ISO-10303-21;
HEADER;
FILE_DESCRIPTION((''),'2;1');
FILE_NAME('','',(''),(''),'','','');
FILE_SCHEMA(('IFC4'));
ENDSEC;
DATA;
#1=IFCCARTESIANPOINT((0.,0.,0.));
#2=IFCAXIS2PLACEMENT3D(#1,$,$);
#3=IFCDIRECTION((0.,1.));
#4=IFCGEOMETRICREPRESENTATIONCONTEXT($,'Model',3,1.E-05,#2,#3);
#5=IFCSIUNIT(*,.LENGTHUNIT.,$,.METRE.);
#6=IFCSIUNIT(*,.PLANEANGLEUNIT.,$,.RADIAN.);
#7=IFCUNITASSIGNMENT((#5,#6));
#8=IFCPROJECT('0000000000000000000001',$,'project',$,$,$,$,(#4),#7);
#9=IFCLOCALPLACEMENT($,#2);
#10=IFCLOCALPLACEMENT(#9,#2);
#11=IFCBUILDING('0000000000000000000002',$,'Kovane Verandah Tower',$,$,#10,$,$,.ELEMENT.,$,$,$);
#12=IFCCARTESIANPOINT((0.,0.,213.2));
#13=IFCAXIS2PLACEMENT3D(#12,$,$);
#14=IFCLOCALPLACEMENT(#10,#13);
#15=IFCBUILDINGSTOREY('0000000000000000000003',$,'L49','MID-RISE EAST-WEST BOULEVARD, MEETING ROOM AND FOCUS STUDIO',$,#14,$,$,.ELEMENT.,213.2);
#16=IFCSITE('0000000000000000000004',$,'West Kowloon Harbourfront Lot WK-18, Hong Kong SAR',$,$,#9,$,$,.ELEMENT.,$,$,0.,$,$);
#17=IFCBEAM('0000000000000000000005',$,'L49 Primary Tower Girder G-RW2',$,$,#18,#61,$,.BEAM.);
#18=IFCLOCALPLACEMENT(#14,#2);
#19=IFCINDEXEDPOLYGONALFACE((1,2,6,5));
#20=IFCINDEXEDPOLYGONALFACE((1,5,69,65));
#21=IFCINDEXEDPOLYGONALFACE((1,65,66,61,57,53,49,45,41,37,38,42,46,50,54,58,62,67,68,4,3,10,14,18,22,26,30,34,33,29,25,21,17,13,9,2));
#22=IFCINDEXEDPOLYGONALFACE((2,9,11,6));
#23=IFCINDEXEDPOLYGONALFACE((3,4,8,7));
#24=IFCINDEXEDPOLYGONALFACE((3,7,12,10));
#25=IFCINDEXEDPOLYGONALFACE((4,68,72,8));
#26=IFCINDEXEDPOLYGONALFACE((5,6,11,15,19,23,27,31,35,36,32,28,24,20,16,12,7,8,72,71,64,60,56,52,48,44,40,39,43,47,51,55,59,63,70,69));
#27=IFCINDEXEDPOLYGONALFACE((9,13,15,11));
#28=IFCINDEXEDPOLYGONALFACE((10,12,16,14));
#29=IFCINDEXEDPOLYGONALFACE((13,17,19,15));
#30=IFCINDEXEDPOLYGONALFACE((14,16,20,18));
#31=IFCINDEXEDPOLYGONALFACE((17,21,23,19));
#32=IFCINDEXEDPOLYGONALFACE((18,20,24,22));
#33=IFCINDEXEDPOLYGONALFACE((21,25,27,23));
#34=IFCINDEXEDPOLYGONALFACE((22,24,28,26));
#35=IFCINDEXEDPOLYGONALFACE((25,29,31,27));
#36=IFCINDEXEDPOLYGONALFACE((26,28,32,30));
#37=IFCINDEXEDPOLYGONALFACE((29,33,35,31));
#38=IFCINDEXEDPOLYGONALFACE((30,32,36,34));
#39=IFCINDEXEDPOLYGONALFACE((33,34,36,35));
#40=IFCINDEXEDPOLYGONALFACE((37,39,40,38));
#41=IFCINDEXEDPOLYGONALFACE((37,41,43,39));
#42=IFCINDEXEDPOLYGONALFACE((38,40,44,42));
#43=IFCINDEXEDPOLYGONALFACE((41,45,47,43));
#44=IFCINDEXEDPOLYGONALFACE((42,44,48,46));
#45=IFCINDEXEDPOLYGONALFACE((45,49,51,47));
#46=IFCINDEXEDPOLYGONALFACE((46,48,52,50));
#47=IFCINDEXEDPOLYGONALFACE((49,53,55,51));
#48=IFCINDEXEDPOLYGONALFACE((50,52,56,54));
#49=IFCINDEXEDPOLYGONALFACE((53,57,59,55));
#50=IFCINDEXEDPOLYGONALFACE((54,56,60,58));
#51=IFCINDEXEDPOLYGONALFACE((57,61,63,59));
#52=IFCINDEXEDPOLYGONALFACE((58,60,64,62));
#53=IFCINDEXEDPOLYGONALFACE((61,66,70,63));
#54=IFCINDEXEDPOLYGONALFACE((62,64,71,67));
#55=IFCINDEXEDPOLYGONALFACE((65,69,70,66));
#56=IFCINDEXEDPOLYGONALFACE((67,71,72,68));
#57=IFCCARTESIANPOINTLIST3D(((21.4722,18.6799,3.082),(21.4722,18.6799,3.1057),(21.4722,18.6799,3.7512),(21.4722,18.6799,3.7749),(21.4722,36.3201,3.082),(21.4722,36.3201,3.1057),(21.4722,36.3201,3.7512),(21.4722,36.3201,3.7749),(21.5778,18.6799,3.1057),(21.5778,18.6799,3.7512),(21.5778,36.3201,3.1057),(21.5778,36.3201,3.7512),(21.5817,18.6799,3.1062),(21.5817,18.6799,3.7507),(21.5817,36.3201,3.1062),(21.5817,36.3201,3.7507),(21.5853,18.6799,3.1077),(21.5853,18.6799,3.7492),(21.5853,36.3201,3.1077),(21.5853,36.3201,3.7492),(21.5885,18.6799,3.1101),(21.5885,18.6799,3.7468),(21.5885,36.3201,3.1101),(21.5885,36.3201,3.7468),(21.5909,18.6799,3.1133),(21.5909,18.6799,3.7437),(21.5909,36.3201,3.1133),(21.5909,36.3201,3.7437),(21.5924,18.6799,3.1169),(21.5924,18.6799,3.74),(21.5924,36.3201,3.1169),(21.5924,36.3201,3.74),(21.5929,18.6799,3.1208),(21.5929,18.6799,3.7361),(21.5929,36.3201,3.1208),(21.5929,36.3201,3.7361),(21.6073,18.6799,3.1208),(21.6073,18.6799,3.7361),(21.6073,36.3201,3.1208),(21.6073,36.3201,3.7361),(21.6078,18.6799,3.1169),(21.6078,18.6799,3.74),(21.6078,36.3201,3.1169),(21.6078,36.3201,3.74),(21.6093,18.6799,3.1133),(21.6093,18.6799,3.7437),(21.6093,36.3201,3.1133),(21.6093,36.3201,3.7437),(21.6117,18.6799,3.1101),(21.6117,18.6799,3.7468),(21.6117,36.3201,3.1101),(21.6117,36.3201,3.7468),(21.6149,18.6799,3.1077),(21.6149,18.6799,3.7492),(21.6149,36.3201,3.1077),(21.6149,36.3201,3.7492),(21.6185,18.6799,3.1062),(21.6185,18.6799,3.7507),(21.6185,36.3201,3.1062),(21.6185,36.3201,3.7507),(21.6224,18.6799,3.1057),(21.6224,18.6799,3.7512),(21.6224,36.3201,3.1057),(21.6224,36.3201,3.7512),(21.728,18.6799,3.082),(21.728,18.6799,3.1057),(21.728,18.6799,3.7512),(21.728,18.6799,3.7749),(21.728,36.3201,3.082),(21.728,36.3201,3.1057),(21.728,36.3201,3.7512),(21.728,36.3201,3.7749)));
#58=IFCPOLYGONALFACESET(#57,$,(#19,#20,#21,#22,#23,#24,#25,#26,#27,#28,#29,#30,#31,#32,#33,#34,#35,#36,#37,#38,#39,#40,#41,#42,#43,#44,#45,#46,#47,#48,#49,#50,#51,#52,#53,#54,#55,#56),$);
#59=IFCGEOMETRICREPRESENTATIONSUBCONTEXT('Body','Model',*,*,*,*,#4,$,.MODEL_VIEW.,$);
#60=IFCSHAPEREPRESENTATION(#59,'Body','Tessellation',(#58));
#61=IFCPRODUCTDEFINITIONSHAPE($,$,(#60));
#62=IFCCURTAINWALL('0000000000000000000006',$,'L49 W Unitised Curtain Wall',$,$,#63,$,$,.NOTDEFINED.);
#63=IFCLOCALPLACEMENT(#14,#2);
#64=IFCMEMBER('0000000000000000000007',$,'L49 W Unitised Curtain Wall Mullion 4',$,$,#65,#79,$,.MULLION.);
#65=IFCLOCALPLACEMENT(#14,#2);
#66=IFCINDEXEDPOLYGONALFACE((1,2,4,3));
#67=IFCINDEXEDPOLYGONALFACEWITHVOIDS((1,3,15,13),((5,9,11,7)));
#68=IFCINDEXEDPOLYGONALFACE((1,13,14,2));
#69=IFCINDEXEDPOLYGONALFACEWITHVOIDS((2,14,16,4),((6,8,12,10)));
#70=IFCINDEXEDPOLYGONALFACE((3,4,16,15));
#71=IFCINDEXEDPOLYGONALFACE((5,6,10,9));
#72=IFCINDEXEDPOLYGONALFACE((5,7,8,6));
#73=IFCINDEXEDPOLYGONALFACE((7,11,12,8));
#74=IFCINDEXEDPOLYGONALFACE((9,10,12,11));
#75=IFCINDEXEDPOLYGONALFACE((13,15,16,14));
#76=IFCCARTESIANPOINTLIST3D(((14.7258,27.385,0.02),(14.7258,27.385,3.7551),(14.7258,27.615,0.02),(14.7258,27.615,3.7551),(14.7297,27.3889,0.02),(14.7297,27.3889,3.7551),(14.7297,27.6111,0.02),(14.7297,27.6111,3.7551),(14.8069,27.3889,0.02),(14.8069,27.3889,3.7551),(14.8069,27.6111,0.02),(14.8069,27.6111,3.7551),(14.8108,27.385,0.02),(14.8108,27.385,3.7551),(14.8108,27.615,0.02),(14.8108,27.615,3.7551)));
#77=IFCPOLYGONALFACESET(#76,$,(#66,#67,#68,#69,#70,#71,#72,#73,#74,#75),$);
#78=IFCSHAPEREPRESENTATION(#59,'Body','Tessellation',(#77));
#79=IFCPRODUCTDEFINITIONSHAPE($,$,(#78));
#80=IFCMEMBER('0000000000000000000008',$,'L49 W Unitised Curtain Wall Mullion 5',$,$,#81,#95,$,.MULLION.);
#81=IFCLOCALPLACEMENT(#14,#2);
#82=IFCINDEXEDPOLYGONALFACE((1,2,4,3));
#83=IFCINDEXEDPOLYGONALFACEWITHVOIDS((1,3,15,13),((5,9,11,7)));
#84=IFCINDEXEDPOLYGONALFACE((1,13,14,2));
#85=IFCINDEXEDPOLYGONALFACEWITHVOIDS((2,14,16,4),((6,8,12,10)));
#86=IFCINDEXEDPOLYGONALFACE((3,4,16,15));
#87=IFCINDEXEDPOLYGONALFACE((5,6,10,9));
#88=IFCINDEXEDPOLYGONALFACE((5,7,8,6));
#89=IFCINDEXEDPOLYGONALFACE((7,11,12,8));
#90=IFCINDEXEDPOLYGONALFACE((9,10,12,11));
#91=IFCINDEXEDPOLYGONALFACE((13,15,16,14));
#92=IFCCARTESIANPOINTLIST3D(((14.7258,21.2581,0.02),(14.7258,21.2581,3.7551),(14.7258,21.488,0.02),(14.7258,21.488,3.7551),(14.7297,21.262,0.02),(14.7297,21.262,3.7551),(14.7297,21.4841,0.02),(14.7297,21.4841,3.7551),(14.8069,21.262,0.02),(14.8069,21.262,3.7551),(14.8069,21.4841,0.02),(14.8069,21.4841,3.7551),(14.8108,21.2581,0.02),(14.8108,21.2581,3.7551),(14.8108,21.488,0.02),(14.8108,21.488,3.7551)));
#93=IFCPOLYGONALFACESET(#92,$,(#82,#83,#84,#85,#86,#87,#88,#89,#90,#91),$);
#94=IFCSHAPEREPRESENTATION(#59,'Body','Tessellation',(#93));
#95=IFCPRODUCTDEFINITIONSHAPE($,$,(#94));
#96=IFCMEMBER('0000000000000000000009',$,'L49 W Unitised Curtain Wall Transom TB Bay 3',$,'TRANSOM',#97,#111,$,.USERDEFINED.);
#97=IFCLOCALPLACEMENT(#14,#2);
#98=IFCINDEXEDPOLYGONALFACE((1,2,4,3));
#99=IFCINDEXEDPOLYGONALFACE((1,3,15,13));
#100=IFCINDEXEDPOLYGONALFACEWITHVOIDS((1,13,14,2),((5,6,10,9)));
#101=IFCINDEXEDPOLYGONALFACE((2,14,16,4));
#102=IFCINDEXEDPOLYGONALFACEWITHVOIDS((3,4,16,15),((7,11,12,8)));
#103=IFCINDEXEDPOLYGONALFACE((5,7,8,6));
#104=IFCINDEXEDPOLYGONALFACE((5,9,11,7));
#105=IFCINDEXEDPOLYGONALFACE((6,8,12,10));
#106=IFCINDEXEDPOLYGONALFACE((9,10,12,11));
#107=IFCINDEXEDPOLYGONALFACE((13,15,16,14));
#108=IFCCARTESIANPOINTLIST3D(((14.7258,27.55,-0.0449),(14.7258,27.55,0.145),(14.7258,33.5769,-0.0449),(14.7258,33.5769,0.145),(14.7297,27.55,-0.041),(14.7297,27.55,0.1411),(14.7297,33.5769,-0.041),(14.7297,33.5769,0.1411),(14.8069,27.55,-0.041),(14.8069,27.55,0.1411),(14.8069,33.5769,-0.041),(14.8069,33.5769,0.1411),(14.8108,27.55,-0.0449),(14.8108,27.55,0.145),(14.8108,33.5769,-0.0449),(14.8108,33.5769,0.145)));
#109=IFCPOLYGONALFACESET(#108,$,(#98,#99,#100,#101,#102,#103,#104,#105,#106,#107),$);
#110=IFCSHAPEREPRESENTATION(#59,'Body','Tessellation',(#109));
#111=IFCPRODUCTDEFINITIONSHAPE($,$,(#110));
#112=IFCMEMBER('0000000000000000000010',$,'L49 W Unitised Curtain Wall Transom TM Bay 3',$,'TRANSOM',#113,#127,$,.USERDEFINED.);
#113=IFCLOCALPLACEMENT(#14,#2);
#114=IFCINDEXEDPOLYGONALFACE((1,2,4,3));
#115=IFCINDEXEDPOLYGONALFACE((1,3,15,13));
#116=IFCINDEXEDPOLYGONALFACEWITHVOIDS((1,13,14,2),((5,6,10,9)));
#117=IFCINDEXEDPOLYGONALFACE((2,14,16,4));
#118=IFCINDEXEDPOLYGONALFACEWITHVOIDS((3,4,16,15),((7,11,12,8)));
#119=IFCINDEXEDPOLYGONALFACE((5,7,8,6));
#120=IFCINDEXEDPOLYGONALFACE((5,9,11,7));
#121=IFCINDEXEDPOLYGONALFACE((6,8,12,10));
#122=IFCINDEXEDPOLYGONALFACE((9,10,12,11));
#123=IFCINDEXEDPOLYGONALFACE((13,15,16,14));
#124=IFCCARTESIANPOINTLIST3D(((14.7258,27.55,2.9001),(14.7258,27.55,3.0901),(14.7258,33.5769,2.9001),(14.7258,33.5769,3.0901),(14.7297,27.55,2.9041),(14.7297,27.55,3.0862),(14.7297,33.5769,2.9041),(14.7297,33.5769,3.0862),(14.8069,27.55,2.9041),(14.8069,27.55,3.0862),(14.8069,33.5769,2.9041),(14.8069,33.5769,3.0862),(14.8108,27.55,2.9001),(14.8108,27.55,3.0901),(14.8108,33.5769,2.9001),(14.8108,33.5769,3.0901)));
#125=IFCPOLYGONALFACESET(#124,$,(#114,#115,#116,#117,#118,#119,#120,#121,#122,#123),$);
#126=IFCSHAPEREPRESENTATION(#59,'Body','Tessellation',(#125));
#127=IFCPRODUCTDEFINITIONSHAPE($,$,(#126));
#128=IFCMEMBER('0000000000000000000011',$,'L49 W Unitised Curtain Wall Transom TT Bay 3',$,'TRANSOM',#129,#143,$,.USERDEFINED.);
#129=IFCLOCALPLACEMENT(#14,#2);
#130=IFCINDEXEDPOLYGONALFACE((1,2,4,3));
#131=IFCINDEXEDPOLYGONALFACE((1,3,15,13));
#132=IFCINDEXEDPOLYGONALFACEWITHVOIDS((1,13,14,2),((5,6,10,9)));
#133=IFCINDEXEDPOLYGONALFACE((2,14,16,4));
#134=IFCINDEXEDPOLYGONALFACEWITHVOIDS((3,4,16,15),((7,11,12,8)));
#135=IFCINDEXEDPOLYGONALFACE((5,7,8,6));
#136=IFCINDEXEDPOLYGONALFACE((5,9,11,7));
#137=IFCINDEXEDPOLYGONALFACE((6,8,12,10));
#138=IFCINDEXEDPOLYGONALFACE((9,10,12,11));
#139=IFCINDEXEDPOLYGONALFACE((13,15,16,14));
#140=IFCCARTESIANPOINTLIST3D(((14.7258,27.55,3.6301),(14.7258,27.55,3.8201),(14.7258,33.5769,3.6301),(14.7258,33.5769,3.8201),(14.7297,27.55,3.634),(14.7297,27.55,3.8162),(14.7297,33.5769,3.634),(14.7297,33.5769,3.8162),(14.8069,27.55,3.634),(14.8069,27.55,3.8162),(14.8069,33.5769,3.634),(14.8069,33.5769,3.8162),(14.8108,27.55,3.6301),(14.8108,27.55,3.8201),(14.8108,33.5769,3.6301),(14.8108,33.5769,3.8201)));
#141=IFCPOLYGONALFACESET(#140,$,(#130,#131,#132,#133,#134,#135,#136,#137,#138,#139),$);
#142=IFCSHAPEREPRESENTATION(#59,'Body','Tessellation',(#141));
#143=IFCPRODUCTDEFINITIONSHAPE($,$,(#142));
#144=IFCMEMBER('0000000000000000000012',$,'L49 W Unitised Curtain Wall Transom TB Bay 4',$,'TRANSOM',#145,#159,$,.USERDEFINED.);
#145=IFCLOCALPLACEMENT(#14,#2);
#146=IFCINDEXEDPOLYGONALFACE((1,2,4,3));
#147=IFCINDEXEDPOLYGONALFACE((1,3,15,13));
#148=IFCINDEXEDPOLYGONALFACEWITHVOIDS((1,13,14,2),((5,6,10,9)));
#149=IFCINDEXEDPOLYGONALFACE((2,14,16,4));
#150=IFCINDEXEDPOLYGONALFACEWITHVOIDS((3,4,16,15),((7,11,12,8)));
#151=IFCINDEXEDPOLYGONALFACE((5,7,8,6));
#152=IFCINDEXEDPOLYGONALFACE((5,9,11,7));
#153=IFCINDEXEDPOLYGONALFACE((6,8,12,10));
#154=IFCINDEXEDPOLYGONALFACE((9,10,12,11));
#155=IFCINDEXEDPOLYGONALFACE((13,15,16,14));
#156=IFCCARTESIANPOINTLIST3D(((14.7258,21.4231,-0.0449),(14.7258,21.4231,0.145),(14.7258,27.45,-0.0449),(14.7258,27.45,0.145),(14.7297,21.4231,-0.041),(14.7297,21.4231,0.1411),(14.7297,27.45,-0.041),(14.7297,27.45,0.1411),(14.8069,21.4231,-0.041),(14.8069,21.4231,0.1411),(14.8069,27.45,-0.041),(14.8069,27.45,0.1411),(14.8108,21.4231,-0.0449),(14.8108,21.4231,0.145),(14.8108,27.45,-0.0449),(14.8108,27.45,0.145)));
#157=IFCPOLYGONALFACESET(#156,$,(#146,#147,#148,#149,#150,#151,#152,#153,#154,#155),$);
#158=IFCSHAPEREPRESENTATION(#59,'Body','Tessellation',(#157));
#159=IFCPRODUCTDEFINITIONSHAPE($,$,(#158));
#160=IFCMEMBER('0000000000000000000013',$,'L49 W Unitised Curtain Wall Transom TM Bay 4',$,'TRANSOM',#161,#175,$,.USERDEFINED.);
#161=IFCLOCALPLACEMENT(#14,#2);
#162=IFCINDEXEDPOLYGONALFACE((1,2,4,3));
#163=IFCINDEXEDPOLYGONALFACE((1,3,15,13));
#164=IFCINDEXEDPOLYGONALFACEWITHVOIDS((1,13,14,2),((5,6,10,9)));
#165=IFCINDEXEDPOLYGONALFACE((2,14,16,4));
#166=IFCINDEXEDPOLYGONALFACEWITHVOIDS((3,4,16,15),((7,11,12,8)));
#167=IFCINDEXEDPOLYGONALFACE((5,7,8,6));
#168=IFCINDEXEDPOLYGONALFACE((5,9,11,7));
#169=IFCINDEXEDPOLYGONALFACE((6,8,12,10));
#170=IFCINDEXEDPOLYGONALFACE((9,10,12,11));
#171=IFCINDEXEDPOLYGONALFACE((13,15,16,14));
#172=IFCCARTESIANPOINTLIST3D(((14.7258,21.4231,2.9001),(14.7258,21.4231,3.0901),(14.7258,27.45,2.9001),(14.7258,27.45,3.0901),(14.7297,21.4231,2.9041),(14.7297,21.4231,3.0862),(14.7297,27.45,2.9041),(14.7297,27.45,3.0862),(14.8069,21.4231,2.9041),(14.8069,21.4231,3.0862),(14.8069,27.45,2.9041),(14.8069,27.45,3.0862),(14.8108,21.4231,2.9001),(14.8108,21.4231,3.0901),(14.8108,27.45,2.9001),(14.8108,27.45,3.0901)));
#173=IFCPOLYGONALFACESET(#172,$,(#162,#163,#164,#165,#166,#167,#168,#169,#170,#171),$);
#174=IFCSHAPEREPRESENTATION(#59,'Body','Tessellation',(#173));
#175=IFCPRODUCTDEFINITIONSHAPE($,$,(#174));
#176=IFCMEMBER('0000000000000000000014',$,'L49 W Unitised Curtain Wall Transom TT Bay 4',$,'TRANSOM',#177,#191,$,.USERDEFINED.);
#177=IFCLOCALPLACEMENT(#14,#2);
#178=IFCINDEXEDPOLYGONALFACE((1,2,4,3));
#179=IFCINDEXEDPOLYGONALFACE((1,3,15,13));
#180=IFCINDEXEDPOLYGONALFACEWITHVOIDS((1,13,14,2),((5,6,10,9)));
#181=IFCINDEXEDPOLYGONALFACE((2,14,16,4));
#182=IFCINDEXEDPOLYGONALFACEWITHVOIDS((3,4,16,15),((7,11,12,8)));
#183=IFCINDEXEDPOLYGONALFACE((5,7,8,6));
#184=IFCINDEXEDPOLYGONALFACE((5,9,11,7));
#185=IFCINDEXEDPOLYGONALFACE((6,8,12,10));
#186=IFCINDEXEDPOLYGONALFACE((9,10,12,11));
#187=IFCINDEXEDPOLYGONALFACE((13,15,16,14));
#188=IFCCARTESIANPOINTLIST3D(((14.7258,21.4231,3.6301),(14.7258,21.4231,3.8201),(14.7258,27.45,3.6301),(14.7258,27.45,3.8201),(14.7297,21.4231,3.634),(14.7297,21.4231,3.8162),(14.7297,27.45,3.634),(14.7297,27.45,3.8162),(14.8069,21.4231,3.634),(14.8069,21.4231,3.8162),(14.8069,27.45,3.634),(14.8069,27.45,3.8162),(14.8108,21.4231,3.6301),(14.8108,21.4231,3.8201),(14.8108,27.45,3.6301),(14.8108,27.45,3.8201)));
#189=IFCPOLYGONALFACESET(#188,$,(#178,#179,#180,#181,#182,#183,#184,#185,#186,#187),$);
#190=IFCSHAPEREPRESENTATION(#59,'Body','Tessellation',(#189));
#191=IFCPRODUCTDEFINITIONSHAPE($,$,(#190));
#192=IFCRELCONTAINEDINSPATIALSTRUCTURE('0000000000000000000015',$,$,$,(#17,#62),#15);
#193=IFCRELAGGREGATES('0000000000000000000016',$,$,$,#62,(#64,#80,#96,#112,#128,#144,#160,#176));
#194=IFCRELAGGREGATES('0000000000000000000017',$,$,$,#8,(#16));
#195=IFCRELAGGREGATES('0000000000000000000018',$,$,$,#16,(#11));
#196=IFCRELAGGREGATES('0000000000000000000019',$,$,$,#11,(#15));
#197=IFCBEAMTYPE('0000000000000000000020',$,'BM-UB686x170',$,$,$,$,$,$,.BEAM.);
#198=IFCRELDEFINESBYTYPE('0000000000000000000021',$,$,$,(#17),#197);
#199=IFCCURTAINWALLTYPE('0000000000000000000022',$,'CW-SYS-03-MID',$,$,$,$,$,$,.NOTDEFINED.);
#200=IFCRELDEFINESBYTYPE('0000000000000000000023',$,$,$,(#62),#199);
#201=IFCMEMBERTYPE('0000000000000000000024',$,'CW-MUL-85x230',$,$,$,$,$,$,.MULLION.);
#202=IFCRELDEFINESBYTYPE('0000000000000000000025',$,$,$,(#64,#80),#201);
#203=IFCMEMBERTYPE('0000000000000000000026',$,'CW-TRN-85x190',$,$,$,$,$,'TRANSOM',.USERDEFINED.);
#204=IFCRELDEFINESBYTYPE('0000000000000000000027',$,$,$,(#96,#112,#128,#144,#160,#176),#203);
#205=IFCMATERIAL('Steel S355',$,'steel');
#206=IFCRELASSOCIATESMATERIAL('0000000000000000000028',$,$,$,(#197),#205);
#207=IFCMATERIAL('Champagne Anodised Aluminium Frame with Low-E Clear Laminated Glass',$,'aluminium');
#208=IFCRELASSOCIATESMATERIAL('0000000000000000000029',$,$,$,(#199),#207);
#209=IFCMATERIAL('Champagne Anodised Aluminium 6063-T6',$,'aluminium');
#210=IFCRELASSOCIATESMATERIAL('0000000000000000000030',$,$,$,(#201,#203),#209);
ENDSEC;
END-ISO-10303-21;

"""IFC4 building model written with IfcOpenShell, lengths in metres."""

from ifc_helpers import new_model, si_unit, direction, frame, origin, origin_2d, place, context, subcontext, project, spatial, hollow_rectangle, i_section, extrude, material, material_profile, profile_set, type_object, element, aggregate, save


model = new_model("IFC4")

# Units and contexts
model_context = context("Model", 3, precision=1e-05, world=origin(), true_north=direction((0.0, 1.0)))
body_context = subcontext(model_context, "Body", "Model", "MODEL_VIEW")
ifc_project = project(units=[si_unit("LENGTHUNIT", "METRE"), si_unit("PLANEANGLEUNIT", "RADIAN")], contexts=[model_context])

# Site, building, storey
site_placement = place(None, origin())
site = spatial("IfcSite", under=ifc_project, at=site_placement, Name="West Kowloon Harbourfront Lot WK-18, Hong Kong SAR", CompositionType="ELEMENT", RefElevation=0.0)
building_placement = place(site_placement, origin())
building = spatial("IfcBuilding", under=site, at=building_placement, Name="Kovane Verandah Tower", CompositionType="ELEMENT")
storey_placement = place(building_placement, frame((0.0, 0.0, 213.2)))
storey = spatial("IfcBuildingStorey", under=building, at=storey_placement, Name="L49", Description="MID-RISE EAST-WEST BOULEVARD, MEETING ROOM AND FOCUS STUDIO", CompositionType="ELEMENT", Elevation=213.2)

# Beam
ifc_material_1 = material(Name="Steel S355", Category="steel")
ifc_material_profile_1 = material_profile(ifc_material_1, i_section(OverallWidth=0.2559, OverallDepth=0.6929, WebThickness=0.0144, FlangeThickness=0.0237, FilletRadius=0.0151, at=origin_2d()), Name="UB686x254x170")
ifc_profile_set_1 = profile_set([ifc_material_profile_1], Name="Steel S355")
beam_type_1 = type_object("IfcBeamType", Name="BM-UB686x170", PredefinedType="BEAM", material=ifc_profile_set_1)
beam_1_placement = place(storey_placement, frame((21.6001, 18.6799, 3.4285), z_axis=(0.0, 1.0, 0.0), x_axis=(-1.0, 0.0, 0.0)))
element("IfcBeam", 1, at=beam_1_placement, inside=storey, type_object=beam_type_1, Name="L49 Primary Tower Girder G-RW2", PredefinedType="BEAM", context=body_context, shape_type="SweptSolid", body=[
    extrude(i_section(OverallWidth=0.2559, OverallDepth=0.6929, WebThickness=0.0144, FlangeThickness=0.0237, FilletRadius=0.0151, at=origin_2d()), origin(), (0.0, 0.0, 1.0), 17.6401),
])

# Curtain wall, members
ifc_material_2 = material(Name="Champagne Anodised Aluminium Frame with Low-E Clear Laminated Glass", Category="aluminium")
curtain_wall_type = type_object("IfcCurtainWallType", Name="CW-SYS-03-MID", PredefinedType="NOTDEFINED", material=ifc_material_2)
curtain_wall_placement = place(storey_placement, origin())
curtain_wall = element("IfcCurtainWall", 2, at=curtain_wall_placement, inside=storey, type_object=curtain_wall_type, Name="L49 W Unitised Curtain Wall", PredefinedType="NOTDEFINED")
ifc_material_3 = material(Name="Champagne Anodised Aluminium 6063-T6", Category="aluminium")
ifc_material_profile_2 = material_profile(ifc_material_3, hollow_rectangle(XDim=0.085, YDim=0.23, WallThickness=0.0039, at=origin_2d()), Name="AL85x230x4")
ifc_profile_set_2 = profile_set([ifc_material_profile_2], Name="Champagne Anodised Aluminium 6063-T6")
member_type_1 = type_object("IfcMemberType", Name="CW-MUL-85x230", PredefinedType="MULLION", material=ifc_profile_set_2)
member_1_placement = place(storey_placement, frame((14.7683, 27.5, 0.02), z_axis=(0.0, 0.0, 1.0), x_axis=(-1.0, 0.0, 0.0)))
member_1 = element("IfcMember", 3, at=member_1_placement, type_object=member_type_1, Name="L49 W Unitised Curtain Wall Mullion 4", PredefinedType="MULLION", context=body_context, shape_type="SweptSolid", body=[
    extrude(hollow_rectangle(XDim=0.085, YDim=0.23, WallThickness=0.0039, at=origin_2d()), origin(), (0.0, 0.0, 1.0), 3.7351),
])
member_2_placement = place(storey_placement, frame((14.7683, 21.373, 0.02), z_axis=(0.0, 0.0, 1.0), x_axis=(-1.0, 0.0, 0.0)))
member_2 = element("IfcMember", 4, at=member_2_placement, type_object=member_type_1, Name="L49 W Unitised Curtain Wall Mullion 5", PredefinedType="MULLION", context=body_context, shape_type="SweptSolid", body=[
    extrude(hollow_rectangle(XDim=0.085, YDim=0.23, WallThickness=0.0039, at=origin_2d()), origin(), (0.0, 0.0, 1.0), 3.7351),
])
ifc_material_profile_3 = material_profile(ifc_material_3, hollow_rectangle(XDim=0.085, YDim=0.1899, WallThickness=0.0039, at=origin_2d()), Name="AL85x190x4")
ifc_profile_set_3 = profile_set([ifc_material_profile_3], Name="Champagne Anodised Aluminium 6063-T6")
member_type_2 = type_object("IfcMemberType", Name="CW-TRN-85x190", ElementType="TRANSOM", PredefinedType="USERDEFINED", material=ifc_profile_set_3)
member_3_placement = place(storey_placement, frame((14.7683, 33.5769, 0.05), z_axis=(0.0, -1.0, 0.0), x_axis=(1.0, 0.0, 0.0)))
member_3 = element("IfcMember", 5, at=member_3_placement, type_object=member_type_2, Name="L49 W Unitised Curtain Wall Transom TB Bay 3", ObjectType="TRANSOM", PredefinedType="USERDEFINED", context=body_context, shape_type="SweptSolid", body=[
    extrude(hollow_rectangle(XDim=0.085, YDim=0.1899, WallThickness=0.0039, at=origin_2d()), origin(), (0.0, 0.0, 1.0), 6.0269),
])
member_4_placement = place(storey_placement, frame((14.7683, 33.5769, 2.9951), z_axis=(0.0, -1.0, 0.0), x_axis=(1.0, 0.0, 0.0)))
member_4 = element("IfcMember", 6, at=member_4_placement, type_object=member_type_2, Name="L49 W Unitised Curtain Wall Transom TM Bay 3", ObjectType="TRANSOM", PredefinedType="USERDEFINED", context=body_context, shape_type="SweptSolid", body=[
    extrude(hollow_rectangle(XDim=0.085, YDim=0.1899, WallThickness=0.0039, at=origin_2d()), origin(), (0.0, 0.0, 1.0), 6.0269),
])
member_5_placement = place(storey_placement, frame((14.7683, 33.5769, 3.7251), z_axis=(0.0, -1.0, 0.0), x_axis=(1.0, 0.0, 0.0)))
member_5 = element("IfcMember", 7, at=member_5_placement, type_object=member_type_2, Name="L49 W Unitised Curtain Wall Transom TT Bay 3", ObjectType="TRANSOM", PredefinedType="USERDEFINED", context=body_context, shape_type="SweptSolid", body=[
    extrude(hollow_rectangle(XDim=0.085, YDim=0.1899, WallThickness=0.0039, at=origin_2d()), origin(), (0.0, 0.0, 1.0), 6.0269),
])
member_6_placement = place(storey_placement, frame((14.7683, 27.45, 0.05), z_axis=(0.0, -1.0, 0.0), x_axis=(1.0, 0.0, 0.0)))
member_6 = element("IfcMember", 8, at=member_6_placement, type_object=member_type_2, Name="L49 W Unitised Curtain Wall Transom TB Bay 4", ObjectType="TRANSOM", PredefinedType="USERDEFINED", context=body_context, shape_type="SweptSolid", body=[
    extrude(hollow_rectangle(XDim=0.085, YDim=0.1899, WallThickness=0.0039, at=origin_2d()), origin(), (0.0, 0.0, 1.0), 6.0269),
])
member_7_placement = place(storey_placement, frame((14.7683, 27.45, 2.9951), z_axis=(0.0, -1.0, 0.0), x_axis=(1.0, 0.0, 0.0)))
member_7 = element("IfcMember", 9, at=member_7_placement, type_object=member_type_2, Name="L49 W Unitised Curtain Wall Transom TM Bay 4", ObjectType="TRANSOM", PredefinedType="USERDEFINED", context=body_context, shape_type="SweptSolid", body=[
    extrude(hollow_rectangle(XDim=0.085, YDim=0.1899, WallThickness=0.0039, at=origin_2d()), origin(), (0.0, 0.0, 1.0), 6.0269),
])
member_8_placement = place(storey_placement, frame((14.7683, 27.45, 3.7251), z_axis=(0.0, -1.0, 0.0), x_axis=(1.0, 0.0, 0.0)))
member_8 = element("IfcMember", 10, at=member_8_placement, type_object=member_type_2, Name="L49 W Unitised Curtain Wall Transom TT Bay 4", ObjectType="TRANSOM", PredefinedType="USERDEFINED", context=body_context, shape_type="SweptSolid", body=[
    extrude(hollow_rectangle(XDim=0.085, YDim=0.1899, WallThickness=0.0039, at=origin_2d()), origin(), (0.0, 0.0, 1.0), 6.0269),
])

aggregate(curtain_wall, [member_1, member_2, member_3, member_4, member_5, member_6, member_7, member_8])

save(model, "model.ifc")
